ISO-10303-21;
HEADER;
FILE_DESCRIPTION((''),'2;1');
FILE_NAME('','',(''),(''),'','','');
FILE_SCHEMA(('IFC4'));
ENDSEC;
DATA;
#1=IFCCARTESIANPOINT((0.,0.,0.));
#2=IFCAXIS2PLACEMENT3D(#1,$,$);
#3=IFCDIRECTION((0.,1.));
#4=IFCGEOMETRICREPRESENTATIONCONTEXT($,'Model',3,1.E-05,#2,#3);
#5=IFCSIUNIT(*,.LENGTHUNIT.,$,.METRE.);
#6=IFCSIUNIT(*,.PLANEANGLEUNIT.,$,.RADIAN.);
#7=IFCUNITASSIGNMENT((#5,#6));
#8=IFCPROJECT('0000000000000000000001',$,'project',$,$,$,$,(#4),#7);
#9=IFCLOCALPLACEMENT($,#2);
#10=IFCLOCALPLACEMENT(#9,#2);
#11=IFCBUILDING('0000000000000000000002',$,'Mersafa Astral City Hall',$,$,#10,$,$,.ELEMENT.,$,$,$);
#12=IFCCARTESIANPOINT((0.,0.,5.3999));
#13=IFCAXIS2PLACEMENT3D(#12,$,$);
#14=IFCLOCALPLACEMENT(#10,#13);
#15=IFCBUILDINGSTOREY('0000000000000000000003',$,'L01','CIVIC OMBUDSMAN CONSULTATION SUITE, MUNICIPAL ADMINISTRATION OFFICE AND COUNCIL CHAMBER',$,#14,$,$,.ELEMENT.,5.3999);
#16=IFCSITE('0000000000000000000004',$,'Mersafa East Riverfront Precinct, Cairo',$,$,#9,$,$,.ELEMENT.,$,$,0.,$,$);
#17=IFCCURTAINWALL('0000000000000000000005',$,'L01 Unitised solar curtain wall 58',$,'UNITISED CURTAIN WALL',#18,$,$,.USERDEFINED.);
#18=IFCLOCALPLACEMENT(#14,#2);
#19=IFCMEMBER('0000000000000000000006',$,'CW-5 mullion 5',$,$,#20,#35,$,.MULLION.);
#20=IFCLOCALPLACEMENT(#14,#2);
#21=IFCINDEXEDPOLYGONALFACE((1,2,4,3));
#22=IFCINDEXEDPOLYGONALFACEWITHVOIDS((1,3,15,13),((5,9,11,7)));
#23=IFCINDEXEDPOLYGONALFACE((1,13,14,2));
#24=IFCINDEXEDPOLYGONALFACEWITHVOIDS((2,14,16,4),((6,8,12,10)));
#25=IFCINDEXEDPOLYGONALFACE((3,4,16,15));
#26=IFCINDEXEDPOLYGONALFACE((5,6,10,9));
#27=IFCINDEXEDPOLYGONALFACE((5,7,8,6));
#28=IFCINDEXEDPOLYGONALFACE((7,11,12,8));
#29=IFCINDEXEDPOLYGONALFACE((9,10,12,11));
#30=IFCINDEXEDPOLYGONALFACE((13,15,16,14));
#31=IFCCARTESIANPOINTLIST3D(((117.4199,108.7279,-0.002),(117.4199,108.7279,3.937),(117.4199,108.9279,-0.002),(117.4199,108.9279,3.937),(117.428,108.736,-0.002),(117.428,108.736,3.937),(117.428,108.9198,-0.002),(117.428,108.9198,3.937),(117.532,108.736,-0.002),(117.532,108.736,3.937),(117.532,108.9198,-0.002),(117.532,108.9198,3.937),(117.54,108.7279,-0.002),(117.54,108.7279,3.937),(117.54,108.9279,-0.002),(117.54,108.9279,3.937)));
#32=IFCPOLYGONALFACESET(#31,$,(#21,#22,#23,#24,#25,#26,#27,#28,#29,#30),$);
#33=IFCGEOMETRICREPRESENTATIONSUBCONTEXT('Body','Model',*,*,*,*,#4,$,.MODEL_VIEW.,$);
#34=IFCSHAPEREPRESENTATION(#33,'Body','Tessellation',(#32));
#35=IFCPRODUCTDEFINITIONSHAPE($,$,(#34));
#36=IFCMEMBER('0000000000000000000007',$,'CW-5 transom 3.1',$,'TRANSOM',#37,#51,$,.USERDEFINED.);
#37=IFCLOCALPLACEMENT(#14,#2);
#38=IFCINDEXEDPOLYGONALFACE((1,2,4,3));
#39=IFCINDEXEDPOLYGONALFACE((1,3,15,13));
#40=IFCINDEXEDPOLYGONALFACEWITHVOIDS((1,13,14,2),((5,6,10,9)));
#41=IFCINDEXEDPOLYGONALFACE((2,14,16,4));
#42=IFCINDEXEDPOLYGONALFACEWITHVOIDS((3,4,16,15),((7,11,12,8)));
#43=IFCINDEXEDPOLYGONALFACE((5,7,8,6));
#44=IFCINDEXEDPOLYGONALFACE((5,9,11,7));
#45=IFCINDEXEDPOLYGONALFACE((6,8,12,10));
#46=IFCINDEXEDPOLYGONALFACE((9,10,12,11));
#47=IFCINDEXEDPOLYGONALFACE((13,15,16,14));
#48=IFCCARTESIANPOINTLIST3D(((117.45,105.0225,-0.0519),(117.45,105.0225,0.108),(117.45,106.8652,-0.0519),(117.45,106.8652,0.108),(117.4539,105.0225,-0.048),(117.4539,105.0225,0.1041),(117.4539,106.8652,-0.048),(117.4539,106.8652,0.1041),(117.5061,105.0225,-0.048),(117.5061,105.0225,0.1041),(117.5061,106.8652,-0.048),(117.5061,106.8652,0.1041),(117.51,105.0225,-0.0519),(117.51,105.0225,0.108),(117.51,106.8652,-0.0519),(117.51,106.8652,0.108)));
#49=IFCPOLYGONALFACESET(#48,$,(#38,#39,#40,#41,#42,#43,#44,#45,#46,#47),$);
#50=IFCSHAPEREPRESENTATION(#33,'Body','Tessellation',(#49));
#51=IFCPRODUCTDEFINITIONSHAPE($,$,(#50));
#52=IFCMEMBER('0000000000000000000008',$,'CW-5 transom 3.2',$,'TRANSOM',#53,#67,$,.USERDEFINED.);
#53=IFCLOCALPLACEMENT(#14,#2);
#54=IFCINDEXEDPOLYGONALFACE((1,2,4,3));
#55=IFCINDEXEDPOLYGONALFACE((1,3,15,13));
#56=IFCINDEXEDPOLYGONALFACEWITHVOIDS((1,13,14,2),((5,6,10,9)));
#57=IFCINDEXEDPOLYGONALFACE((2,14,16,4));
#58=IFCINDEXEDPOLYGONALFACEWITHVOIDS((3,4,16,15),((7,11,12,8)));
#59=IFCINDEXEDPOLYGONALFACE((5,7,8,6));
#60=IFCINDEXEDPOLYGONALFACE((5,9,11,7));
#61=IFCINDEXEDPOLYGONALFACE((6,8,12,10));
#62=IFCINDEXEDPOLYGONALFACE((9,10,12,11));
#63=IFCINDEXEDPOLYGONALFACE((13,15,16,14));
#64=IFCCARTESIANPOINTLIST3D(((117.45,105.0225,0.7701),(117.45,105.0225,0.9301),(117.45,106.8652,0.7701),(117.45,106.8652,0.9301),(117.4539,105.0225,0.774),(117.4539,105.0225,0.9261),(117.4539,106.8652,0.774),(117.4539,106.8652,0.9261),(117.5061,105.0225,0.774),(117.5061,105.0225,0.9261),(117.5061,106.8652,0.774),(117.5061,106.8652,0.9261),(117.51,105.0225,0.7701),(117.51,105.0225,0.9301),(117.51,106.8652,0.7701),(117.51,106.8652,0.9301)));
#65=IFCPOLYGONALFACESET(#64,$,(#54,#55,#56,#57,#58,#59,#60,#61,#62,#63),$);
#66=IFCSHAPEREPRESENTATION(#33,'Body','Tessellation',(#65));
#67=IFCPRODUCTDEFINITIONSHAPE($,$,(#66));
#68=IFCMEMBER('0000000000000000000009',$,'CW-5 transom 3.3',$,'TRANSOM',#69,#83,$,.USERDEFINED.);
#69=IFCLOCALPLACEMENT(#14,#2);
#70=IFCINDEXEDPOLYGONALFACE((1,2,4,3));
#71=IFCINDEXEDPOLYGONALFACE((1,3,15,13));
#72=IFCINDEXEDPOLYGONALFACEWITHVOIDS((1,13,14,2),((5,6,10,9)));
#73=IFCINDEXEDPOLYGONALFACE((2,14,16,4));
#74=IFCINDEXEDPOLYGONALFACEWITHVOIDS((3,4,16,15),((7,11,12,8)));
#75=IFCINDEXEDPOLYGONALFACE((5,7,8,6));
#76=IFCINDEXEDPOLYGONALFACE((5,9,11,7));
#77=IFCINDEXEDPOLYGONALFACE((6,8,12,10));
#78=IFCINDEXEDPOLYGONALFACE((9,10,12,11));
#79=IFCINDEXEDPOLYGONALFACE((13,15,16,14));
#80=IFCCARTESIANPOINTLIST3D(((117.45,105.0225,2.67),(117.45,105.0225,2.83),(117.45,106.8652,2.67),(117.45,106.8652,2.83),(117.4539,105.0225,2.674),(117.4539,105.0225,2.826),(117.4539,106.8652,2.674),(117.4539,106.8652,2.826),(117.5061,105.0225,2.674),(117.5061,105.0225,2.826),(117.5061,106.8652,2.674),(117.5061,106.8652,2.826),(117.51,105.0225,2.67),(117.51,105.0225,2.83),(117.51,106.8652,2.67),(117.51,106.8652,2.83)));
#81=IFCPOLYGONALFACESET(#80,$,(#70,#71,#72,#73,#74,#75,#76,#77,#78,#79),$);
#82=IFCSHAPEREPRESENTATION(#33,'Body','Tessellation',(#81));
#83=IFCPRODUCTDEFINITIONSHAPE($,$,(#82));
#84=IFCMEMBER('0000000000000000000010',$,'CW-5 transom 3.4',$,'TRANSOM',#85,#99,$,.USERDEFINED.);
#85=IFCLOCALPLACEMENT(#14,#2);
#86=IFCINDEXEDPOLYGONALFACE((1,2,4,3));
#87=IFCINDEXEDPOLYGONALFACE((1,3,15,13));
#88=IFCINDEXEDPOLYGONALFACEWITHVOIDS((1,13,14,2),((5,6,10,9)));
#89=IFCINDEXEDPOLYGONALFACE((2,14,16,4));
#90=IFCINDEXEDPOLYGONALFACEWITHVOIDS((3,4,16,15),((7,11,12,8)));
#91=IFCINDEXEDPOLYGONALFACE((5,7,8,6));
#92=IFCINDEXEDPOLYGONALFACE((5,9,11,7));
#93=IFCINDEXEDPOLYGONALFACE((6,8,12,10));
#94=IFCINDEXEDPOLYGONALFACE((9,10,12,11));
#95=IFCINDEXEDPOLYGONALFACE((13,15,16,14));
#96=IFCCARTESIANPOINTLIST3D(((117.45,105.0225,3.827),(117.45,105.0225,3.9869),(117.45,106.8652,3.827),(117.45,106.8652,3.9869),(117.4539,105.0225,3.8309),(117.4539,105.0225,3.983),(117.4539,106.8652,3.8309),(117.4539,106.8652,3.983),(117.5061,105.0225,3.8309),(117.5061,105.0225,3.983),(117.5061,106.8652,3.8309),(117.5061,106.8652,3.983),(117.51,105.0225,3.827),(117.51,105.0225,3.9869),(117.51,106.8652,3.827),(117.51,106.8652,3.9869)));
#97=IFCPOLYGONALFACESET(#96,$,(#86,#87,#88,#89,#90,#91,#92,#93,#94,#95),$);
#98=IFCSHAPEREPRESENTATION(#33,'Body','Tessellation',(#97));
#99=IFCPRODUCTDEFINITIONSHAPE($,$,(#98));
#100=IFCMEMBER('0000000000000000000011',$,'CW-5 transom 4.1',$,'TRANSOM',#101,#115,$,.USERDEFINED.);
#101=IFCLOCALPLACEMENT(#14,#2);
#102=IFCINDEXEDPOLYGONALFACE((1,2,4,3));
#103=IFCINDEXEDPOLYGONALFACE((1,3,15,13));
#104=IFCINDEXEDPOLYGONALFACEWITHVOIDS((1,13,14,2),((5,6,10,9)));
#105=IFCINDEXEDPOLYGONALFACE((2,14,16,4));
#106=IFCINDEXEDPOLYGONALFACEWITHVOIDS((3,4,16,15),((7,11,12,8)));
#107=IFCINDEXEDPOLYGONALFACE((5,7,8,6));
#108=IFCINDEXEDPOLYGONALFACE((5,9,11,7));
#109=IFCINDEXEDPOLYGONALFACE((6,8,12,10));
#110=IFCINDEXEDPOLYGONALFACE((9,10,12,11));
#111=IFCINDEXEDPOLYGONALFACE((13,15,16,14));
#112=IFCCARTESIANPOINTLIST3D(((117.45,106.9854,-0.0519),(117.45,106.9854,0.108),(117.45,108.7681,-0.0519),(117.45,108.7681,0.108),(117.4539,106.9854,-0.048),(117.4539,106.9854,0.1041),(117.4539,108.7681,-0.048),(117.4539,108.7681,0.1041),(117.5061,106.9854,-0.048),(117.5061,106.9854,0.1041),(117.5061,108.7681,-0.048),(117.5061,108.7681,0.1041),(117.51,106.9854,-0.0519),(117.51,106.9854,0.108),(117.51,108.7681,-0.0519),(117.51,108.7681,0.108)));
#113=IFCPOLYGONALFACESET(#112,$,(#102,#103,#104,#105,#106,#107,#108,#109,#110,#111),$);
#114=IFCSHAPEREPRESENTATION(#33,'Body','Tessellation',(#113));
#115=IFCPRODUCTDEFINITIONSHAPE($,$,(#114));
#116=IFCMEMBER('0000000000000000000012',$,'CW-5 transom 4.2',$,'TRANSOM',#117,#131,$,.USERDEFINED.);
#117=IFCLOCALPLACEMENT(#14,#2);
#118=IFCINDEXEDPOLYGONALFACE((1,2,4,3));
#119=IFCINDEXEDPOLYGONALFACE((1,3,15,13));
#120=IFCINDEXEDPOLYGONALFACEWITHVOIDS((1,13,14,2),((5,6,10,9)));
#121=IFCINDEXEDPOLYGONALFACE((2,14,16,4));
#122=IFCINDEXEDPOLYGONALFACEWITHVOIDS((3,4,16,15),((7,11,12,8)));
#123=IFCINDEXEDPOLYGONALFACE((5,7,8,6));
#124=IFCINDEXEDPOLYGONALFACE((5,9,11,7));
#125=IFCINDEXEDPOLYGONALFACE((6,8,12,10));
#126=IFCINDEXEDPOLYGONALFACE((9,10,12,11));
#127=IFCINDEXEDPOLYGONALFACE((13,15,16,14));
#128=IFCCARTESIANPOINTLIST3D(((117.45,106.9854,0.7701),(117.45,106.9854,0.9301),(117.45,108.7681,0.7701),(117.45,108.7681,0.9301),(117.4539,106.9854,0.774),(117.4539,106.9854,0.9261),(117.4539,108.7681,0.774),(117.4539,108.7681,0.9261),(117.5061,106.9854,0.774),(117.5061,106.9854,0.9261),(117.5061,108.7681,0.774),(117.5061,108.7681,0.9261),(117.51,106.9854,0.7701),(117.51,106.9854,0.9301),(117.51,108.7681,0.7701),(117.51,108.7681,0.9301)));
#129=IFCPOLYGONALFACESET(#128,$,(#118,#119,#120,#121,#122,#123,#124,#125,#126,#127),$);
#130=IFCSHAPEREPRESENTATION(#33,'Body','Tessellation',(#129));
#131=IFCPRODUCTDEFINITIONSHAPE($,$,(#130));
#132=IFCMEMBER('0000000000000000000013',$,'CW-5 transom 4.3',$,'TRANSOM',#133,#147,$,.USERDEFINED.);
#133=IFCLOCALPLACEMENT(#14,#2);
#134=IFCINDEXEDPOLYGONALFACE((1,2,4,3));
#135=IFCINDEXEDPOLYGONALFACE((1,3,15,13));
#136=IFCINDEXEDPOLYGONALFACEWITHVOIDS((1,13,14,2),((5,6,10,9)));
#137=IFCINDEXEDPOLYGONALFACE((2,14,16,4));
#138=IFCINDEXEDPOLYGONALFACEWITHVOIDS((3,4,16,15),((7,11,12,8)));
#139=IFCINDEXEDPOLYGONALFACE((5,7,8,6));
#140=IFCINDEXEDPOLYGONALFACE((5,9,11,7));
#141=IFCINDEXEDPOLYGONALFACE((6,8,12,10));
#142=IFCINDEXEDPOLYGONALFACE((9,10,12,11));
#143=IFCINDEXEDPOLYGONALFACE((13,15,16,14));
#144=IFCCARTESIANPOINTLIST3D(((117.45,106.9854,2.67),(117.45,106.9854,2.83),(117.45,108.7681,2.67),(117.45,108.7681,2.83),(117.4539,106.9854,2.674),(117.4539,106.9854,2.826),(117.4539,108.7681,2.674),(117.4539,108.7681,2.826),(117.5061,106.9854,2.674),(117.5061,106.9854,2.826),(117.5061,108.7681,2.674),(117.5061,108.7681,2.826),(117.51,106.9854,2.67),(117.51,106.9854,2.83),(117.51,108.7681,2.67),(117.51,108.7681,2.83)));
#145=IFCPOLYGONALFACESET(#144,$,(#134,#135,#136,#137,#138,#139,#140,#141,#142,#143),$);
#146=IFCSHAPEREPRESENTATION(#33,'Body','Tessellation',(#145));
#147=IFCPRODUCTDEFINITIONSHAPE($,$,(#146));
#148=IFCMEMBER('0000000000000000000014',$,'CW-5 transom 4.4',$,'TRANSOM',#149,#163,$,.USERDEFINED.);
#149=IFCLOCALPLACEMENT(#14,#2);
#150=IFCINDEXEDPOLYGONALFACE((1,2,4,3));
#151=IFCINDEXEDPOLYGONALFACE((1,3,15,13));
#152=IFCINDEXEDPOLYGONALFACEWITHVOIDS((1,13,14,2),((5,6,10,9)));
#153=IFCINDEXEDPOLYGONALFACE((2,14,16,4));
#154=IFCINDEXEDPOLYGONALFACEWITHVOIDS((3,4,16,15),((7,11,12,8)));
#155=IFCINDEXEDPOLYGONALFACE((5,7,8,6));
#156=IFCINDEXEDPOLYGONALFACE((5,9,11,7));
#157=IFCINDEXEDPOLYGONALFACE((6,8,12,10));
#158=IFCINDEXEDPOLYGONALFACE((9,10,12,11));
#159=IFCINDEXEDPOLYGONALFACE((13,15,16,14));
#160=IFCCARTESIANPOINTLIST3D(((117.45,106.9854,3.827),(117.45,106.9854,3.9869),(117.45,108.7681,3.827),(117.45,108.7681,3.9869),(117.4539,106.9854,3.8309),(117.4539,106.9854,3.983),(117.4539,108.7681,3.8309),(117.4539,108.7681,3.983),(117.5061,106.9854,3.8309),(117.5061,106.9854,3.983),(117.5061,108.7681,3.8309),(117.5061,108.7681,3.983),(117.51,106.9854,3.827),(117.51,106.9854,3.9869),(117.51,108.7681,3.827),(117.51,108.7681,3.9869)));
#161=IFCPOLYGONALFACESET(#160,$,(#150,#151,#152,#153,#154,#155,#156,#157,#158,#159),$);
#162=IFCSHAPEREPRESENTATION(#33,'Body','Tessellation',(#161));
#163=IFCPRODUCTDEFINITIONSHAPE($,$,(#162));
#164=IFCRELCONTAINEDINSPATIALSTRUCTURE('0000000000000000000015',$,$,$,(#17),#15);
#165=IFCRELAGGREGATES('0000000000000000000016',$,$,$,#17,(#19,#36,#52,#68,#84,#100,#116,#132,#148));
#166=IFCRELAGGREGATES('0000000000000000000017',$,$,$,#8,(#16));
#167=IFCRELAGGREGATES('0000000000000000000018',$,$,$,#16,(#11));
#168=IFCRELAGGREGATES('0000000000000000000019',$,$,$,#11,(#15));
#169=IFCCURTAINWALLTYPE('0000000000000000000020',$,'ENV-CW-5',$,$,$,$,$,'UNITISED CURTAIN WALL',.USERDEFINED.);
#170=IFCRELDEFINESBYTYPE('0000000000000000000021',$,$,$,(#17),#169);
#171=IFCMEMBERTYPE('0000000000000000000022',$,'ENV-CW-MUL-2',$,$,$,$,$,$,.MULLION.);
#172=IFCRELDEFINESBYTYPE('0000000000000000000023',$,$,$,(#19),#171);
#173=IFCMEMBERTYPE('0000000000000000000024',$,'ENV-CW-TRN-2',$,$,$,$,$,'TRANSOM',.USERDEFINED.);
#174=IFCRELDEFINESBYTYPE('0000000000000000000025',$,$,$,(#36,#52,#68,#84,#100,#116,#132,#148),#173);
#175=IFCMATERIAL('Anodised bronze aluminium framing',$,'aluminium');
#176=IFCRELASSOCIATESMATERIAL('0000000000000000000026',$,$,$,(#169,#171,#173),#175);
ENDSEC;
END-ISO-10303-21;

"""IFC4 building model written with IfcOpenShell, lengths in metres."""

from ifc_helpers import new_model, si_unit, direction, frame, origin, origin_2d, place, context, subcontext, project, spatial, hollow_rectangle, extrude, material, material_profile, profile_set, type_object, element, aggregate, save


model = new_model("IFC4")

# Units and contexts
model_context = context("Model", 3, precision=1e-05, world=origin(), true_north=direction((0.0, 1.0)))
body_context = subcontext(model_context, "Body", "Model", "MODEL_VIEW")
ifc_project = project(units=[si_unit("LENGTHUNIT", "METRE"), si_unit("PLANEANGLEUNIT", "RADIAN")], contexts=[model_context])

# Site, building, storey
site_placement = place(None, origin())
site = spatial("IfcSite", under=ifc_project, at=site_placement, Name="Mersafa East Riverfront Precinct, Cairo", CompositionType="ELEMENT", RefElevation=0.0)
building_placement = place(site_placement, origin())
building = spatial("IfcBuilding", under=site, at=building_placement, Name="Mersafa Astral City Hall", CompositionType="ELEMENT")
storey_placement = place(building_placement, frame((0.0, 0.0, 5.3999)))
storey = spatial("IfcBuildingStorey", under=building, at=storey_placement, Name="L01", Description="CIVIC OMBUDSMAN CONSULTATION SUITE, MUNICIPAL ADMINISTRATION OFFICE AND COUNCIL CHAMBER", CompositionType="ELEMENT", Elevation=5.3999)

# Curtain wall, members
ifc_material_1 = material(Name="Anodised bronze aluminium framing", Category="aluminium")
curtain_wall_type = type_object("IfcCurtainWallType", Name="ENV-CW-5", ElementType="UNITISED CURTAIN WALL", PredefinedType="USERDEFINED", material=ifc_material_1)
curtain_wall_placement = place(storey_placement, origin())
curtain_wall = element("IfcCurtainWall", 1, at=curtain_wall_placement, inside=storey, type_object=curtain_wall_type, Name="L01 Unitised solar curtain wall 58", ObjectType="UNITISED CURTAIN WALL", PredefinedType="USERDEFINED")
ifc_material_profile_1 = material_profile(ifc_material_1, hollow_rectangle(XDim=0.1201, YDim=0.2, WallThickness=0.0081, at=origin_2d()), Name="RHS 120x200x8")
ifc_profile_set_1 = profile_set([ifc_material_profile_1], Name="Anodised bronze aluminium framing")
member_type_1 = type_object("IfcMemberType", Name="ENV-CW-MUL-2", PredefinedType="MULLION", material=ifc_profile_set_1)
member_1_placement = place(storey_placement, frame((117.48, 108.8279, -0.002), z_axis=(0.0, 0.0, 1.0), x_axis=(-1.0, 0.0, 0.0)))
member_1 = element("IfcMember", 2, at=member_1_placement, type_object=member_type_1, Name="CW-5 mullion 5", PredefinedType="MULLION", context=body_context, shape_type="SweptSolid", body=[
    extrude(hollow_rectangle(XDim=0.1201, YDim=0.2, WallThickness=0.0081, at=origin_2d()), origin(), (0.0, 0.0, 1.0), 3.939),
])
ifc_material_profile_2 = material_profile(ifc_material_1, hollow_rectangle(XDim=0.0601, YDim=0.1599, WallThickness=0.0039, at=origin_2d()), Name="RHS 60x160x4")
ifc_profile_set_2 = profile_set([ifc_material_profile_2], Name="Anodised bronze aluminium framing")
member_type_2 = type_object("IfcMemberType", Name="ENV-CW-TRN-2", ElementType="TRANSOM", PredefinedType="USERDEFINED", material=ifc_profile_set_2)
member_2_placement = place(storey_placement, frame((117.48, 105.0225, 0.0281), z_axis=(0.0, 1.0, 0.0), x_axis=(-1.0, 0.0, 0.0)))
member_2 = element("IfcMember", 3, at=member_2_placement, type_object=member_type_2, Name="CW-5 transom 3.1", ObjectType="TRANSOM", PredefinedType="USERDEFINED", context=body_context, shape_type="SweptSolid", body=[
    extrude(hollow_rectangle(XDim=0.0601, YDim=0.1599, WallThickness=0.0039, at=origin_2d()), origin(), (0.0, 0.0, 1.0), 1.8428),
])
member_3_placement = place(storey_placement, frame((117.48, 105.0225, 0.8501), z_axis=(0.0, 1.0, 0.0), x_axis=(-1.0, 0.0, 0.0)))
member_3 = element("IfcMember", 4, at=member_3_placement, type_object=member_type_2, Name="CW-5 transom 3.2", ObjectType="TRANSOM", PredefinedType="USERDEFINED", context=body_context, shape_type="SweptSolid", body=[
    extrude(hollow_rectangle(XDim=0.0601, YDim=0.1599, WallThickness=0.0039, at=origin_2d()), origin(), (0.0, 0.0, 1.0), 1.8428),
])
member_4_placement = place(storey_placement, frame((117.48, 105.0225, 2.75), z_axis=(0.0, 1.0, 0.0), x_axis=(-1.0, 0.0, 0.0)))
member_4 = element("IfcMember", 5, at=member_4_placement, type_object=member_type_2, Name="CW-5 transom 3.3", ObjectType="TRANSOM", PredefinedType="USERDEFINED", context=body_context, shape_type="SweptSolid", body=[
    extrude(hollow_rectangle(XDim=0.0601, YDim=0.1599, WallThickness=0.0039, at=origin_2d()), origin(), (0.0, 0.0, 1.0), 1.8428),
])
member_5_placement = place(storey_placement, frame((117.48, 105.0225, 3.907), z_axis=(0.0, 1.0, 0.0), x_axis=(-1.0, 0.0, 0.0)))
member_5 = element("IfcMember", 6, at=member_5_placement, type_object=member_type_2, Name="CW-5 transom 3.4", ObjectType="TRANSOM", PredefinedType="USERDEFINED", context=body_context, shape_type="SweptSolid", body=[
    extrude(hollow_rectangle(XDim=0.0601, YDim=0.1599, WallThickness=0.0039, at=origin_2d()), origin(), (0.0, 0.0, 1.0), 1.8428),
])
member_6_placement = place(storey_placement, frame((117.48, 106.9854, 0.0281), z_axis=(0.0, 1.0, 0.0), x_axis=(-1.0, 0.0, 0.0)))
member_6 = element("IfcMember", 7, at=member_6_placement, type_object=member_type_2, Name="CW-5 transom 4.1", ObjectType="TRANSOM", PredefinedType="USERDEFINED", context=body_context, shape_type="SweptSolid", body=[
    extrude(hollow_rectangle(XDim=0.0601, YDim=0.1599, WallThickness=0.0039, at=origin_2d()), origin(), (0.0, 0.0, 1.0), 1.7827),
])
member_7_placement = place(storey_placement, frame((117.48, 106.9854, 0.8501), z_axis=(0.0, 1.0, 0.0), x_axis=(-1.0, 0.0, 0.0)))
member_7 = element("IfcMember", 8, at=member_7_placement, type_object=member_type_2, Name="CW-5 transom 4.2", ObjectType="TRANSOM", PredefinedType="USERDEFINED", context=body_context, shape_type="SweptSolid", body=[
    extrude(hollow_rectangle(XDim=0.0601, YDim=0.1599, WallThickness=0.0039, at=origin_2d()), origin(), (0.0, 0.0, 1.0), 1.7827),
])
member_8_placement = place(storey_placement, frame((117.48, 106.9854, 2.75), z_axis=(0.0, 1.0, 0.0), x_axis=(-1.0, 0.0, 0.0)))
member_8 = element("IfcMember", 9, at=member_8_placement, type_object=member_type_2, Name="CW-5 transom 4.3", ObjectType="TRANSOM", PredefinedType="USERDEFINED", context=body_context, shape_type="SweptSolid", body=[
    extrude(hollow_rectangle(XDim=0.0601, YDim=0.1599, WallThickness=0.0039, at=origin_2d()), origin(), (0.0, 0.0, 1.0), 1.7827),
])
member_9_placement = place(storey_placement, frame((117.48, 106.9854, 3.907), z_axis=(0.0, 1.0, 0.0), x_axis=(-1.0, 0.0, 0.0)))
member_9 = element("IfcMember", 10, at=member_9_placement, type_object=member_type_2, Name="CW-5 transom 4.4", ObjectType="TRANSOM", PredefinedType="USERDEFINED", context=body_context, shape_type="SweptSolid", body=[
    extrude(hollow_rectangle(XDim=0.0601, YDim=0.1599, WallThickness=0.0039, at=origin_2d()), origin(), (0.0, 0.0, 1.0), 1.7827),
])

aggregate(curtain_wall, [member_1, member_2, member_3, member_4, member_5, member_6, member_7, member_8, member_9])

save(model, "model.ifc")
